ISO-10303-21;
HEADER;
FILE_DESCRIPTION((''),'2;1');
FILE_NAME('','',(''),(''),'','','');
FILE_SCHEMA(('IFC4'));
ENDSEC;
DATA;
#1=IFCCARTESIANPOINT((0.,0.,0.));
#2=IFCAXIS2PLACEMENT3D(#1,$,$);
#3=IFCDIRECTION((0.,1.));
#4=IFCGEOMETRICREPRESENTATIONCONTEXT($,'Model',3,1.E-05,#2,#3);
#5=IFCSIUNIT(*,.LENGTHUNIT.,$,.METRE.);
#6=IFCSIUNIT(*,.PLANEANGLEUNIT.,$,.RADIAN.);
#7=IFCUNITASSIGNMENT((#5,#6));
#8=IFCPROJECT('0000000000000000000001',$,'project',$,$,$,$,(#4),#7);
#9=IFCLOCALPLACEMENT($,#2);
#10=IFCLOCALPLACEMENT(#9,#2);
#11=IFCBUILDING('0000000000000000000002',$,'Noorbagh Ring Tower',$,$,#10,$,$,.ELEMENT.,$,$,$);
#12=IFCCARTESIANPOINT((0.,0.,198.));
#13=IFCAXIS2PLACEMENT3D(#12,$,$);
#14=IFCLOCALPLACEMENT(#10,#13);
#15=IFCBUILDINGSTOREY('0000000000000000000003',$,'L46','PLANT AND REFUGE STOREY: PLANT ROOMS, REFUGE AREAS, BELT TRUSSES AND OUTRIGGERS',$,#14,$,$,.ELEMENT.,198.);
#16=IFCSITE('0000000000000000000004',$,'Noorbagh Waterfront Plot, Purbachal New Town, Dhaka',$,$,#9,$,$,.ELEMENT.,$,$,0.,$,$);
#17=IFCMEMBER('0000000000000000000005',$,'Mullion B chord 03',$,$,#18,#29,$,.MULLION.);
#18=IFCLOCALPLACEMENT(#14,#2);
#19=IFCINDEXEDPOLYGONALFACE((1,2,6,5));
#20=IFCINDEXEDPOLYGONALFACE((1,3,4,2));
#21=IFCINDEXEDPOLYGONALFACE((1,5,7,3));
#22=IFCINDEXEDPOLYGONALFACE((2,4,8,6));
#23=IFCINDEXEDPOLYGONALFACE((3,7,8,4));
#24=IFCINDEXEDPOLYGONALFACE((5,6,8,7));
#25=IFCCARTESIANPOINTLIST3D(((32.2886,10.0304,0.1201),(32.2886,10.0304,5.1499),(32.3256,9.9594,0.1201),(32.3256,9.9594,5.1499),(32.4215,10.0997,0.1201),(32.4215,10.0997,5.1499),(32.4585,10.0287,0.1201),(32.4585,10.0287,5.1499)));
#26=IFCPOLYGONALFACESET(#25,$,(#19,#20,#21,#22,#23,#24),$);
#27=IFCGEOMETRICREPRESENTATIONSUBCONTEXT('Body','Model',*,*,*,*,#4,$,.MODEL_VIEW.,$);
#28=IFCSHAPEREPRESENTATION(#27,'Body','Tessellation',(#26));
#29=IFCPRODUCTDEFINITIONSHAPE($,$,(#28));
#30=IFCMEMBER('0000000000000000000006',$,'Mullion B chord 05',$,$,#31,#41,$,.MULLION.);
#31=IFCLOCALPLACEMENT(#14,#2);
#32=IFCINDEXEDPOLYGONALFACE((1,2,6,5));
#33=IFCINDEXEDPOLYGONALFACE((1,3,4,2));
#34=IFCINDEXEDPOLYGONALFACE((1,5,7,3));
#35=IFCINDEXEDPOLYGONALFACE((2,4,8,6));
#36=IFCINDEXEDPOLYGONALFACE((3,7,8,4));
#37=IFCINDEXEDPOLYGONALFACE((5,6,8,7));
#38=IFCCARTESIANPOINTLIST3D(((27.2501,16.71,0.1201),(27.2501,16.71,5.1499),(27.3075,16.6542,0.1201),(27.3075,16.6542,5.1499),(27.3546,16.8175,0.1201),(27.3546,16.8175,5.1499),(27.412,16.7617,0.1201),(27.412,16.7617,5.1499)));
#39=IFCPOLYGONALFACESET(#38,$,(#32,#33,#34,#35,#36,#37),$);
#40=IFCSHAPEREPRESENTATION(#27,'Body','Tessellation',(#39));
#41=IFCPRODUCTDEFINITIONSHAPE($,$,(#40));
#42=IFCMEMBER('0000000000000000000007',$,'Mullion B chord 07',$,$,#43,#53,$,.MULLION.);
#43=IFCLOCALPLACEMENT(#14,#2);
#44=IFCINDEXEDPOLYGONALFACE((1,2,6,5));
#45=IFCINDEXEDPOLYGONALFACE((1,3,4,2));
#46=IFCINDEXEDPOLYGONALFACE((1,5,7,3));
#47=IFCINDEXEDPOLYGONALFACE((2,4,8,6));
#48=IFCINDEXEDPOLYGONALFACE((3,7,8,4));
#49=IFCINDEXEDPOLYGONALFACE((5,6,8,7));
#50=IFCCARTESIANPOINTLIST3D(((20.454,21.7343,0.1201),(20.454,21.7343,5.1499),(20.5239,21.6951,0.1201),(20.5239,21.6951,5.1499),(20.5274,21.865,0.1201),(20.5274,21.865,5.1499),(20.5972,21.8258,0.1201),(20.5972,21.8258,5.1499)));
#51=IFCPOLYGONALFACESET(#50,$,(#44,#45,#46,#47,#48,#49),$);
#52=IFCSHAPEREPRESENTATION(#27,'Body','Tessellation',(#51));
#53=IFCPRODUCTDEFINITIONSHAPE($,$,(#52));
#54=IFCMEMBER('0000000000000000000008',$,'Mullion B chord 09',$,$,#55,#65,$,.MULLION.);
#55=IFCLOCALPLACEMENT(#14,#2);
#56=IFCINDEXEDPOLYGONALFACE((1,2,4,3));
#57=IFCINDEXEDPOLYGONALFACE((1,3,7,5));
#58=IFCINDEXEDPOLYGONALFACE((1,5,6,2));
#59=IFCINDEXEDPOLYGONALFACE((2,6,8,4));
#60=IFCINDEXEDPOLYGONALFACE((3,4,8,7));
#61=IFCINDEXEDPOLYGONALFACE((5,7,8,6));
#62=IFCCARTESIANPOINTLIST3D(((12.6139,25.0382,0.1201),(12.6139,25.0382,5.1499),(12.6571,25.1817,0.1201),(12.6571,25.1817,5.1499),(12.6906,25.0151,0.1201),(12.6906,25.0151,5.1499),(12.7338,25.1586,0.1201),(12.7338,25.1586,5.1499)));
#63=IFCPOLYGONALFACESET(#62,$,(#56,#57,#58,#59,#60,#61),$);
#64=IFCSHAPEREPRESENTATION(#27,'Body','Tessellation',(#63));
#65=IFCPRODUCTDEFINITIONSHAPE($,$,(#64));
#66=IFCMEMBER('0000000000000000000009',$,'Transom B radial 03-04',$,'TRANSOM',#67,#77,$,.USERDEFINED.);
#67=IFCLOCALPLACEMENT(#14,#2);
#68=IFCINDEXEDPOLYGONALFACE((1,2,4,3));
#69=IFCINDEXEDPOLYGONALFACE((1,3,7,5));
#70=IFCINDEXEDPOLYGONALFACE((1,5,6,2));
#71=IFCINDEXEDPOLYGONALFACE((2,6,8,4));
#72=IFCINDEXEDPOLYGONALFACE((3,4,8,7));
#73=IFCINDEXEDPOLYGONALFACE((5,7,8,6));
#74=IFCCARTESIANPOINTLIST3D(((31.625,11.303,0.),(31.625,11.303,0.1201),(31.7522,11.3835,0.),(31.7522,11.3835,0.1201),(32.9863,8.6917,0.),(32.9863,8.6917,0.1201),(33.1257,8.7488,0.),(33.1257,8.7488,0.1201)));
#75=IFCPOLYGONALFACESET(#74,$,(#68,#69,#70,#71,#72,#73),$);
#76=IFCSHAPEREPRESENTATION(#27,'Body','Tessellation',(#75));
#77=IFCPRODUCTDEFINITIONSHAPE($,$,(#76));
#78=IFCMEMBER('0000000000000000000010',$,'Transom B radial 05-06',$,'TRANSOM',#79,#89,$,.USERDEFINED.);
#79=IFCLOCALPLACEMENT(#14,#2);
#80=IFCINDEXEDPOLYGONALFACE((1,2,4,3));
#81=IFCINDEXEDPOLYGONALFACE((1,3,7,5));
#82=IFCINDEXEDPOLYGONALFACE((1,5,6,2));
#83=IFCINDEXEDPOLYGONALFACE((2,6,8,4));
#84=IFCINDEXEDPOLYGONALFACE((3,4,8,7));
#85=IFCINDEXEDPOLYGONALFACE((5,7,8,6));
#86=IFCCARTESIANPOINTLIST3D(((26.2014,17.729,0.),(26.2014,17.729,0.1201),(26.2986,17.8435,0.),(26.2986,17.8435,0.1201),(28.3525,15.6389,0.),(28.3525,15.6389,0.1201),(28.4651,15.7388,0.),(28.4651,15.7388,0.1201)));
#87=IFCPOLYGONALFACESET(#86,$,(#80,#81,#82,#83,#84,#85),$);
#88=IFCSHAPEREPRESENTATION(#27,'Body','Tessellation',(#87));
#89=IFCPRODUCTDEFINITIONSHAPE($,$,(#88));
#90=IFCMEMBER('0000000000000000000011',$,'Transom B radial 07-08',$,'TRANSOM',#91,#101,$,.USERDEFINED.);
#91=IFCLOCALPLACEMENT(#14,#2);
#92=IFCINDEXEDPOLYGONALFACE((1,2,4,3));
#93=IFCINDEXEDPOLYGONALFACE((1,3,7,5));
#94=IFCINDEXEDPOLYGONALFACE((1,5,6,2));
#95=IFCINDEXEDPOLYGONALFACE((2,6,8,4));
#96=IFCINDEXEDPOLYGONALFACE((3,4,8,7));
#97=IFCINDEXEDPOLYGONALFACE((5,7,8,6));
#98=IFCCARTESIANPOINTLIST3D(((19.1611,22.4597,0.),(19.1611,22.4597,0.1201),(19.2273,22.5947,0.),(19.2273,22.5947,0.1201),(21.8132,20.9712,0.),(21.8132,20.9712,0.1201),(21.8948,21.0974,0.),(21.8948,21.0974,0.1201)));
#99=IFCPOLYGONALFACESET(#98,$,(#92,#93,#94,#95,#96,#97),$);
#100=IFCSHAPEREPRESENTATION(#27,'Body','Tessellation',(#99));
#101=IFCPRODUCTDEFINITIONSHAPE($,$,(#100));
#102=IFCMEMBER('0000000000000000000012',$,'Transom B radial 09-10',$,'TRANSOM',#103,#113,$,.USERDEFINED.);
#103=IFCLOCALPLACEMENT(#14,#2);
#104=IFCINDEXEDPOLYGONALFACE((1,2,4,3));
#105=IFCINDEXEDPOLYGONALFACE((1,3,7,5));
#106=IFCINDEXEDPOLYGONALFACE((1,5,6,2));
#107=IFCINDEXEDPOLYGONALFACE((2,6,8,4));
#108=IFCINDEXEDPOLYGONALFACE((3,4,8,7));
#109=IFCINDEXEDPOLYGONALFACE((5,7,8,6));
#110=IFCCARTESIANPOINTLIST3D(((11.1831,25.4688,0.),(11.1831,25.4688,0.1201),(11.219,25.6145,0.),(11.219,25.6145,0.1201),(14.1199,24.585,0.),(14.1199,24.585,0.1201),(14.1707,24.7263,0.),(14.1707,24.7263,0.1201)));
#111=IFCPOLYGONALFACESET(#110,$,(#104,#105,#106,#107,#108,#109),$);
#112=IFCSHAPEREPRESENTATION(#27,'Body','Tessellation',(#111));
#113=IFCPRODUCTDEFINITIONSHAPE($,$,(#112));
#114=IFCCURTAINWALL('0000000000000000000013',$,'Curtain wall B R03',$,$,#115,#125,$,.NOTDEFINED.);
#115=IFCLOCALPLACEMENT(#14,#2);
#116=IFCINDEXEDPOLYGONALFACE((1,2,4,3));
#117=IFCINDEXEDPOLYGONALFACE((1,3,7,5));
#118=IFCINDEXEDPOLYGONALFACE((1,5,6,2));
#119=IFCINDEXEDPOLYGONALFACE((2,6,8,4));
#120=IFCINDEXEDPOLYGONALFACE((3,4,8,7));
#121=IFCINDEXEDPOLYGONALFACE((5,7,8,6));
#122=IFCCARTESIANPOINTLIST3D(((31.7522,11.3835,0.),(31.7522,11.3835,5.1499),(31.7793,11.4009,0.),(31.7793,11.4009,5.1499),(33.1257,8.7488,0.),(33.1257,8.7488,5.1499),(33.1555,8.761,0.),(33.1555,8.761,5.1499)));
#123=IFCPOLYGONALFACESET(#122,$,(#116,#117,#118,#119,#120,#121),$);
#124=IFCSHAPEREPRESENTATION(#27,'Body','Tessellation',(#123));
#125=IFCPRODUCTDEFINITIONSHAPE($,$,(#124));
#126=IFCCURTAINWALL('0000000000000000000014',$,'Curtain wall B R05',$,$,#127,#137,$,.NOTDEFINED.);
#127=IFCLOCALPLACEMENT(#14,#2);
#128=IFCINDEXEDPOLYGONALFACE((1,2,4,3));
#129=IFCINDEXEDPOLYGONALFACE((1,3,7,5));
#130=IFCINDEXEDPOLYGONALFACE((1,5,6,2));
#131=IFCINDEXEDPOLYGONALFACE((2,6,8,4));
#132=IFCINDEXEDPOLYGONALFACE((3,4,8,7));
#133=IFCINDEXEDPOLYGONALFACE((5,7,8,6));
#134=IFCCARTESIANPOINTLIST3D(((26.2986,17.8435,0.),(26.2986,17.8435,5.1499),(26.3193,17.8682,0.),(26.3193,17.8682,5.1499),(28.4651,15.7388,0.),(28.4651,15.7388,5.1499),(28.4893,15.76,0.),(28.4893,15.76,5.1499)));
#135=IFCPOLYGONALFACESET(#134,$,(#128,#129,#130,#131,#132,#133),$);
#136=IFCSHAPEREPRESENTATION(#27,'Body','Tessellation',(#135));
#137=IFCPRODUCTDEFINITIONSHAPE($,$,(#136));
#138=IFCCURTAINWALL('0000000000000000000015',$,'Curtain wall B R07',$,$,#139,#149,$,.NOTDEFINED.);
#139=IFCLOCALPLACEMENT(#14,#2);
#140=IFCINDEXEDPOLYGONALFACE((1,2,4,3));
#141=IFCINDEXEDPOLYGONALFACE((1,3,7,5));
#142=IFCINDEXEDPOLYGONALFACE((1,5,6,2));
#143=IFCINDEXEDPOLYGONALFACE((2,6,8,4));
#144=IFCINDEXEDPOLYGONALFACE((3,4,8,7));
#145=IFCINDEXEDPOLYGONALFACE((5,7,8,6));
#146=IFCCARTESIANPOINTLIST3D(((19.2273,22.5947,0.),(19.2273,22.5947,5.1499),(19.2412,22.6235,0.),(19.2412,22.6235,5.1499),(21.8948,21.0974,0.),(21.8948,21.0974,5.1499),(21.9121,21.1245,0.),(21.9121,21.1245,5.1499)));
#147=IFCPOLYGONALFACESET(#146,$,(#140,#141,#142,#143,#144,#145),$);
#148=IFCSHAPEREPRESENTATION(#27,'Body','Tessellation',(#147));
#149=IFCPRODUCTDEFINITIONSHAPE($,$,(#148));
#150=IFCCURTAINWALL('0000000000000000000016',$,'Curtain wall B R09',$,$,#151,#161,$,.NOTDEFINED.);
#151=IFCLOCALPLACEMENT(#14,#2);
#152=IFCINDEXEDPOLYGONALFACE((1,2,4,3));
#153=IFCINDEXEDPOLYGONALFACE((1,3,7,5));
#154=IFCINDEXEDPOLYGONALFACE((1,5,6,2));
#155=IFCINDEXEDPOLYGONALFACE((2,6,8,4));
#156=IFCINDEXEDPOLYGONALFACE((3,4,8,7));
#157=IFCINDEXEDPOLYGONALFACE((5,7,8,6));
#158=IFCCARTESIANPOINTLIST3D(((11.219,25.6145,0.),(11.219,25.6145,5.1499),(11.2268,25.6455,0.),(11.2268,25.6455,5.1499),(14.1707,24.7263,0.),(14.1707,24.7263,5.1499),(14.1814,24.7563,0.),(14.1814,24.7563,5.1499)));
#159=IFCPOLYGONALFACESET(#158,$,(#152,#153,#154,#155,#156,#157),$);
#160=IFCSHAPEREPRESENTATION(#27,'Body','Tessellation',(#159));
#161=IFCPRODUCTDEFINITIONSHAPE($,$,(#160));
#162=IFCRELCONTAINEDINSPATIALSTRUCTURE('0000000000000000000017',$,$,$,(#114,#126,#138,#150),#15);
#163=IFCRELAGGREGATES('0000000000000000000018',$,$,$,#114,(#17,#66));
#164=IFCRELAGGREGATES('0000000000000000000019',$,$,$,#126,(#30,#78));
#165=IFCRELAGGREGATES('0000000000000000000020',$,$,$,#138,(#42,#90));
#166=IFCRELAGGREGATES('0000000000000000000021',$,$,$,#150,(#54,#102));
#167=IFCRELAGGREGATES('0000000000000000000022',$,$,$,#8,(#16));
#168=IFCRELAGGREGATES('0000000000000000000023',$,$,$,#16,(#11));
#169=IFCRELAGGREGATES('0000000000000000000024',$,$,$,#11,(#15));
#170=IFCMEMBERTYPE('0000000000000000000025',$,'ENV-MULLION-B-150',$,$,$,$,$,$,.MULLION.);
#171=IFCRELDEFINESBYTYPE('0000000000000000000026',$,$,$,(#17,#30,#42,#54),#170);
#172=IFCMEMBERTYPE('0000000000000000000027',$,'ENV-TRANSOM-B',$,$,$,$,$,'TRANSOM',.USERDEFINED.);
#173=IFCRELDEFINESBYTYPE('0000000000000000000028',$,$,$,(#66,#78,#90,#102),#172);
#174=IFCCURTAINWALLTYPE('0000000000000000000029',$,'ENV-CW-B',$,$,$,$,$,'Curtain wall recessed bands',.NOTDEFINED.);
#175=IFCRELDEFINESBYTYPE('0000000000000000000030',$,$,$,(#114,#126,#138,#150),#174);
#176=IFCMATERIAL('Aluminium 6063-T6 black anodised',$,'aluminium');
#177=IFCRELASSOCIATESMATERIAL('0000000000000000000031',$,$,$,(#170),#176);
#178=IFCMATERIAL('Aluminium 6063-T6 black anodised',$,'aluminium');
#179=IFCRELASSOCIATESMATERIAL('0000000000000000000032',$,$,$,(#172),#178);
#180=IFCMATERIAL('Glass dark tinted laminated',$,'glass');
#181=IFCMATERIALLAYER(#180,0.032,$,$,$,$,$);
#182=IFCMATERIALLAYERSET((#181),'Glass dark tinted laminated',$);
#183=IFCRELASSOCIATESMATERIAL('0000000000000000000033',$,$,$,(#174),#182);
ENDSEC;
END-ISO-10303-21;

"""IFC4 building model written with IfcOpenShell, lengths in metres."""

from ifc_helpers import new_model, si_unit, direction, frame, origin, origin_2d, place, context, subcontext, project, spatial, polyline, rectangle, outline, extrude, material, layer, layer_set, material_profile, profile_set, type_object, element, aggregate, save


model = new_model("IFC4")

# Units and contexts
model_context = context("Model", 3, precision=1e-05, world=origin(), true_north=direction((0.0, 1.0)))
body_context = subcontext(model_context, "Body", "Model", "MODEL_VIEW")
ifc_project = project(units=[si_unit("LENGTHUNIT", "METRE"), si_unit("PLANEANGLEUNIT", "RADIAN")], contexts=[model_context])

# Members
ifc_material_1 = material(Name="Aluminium 6063-T6 black anodised", Category="aluminium")
ifc_material_profile = material_profile(ifc_material_1, rectangle(XDim=0.1499, YDim=0.0801, at=origin_2d()), Name="150x80")
ifc_profile_set = profile_set([ifc_material_profile], Name="Aluminium 6063-T6 black anodised")
member_type_1 = type_object("IfcMemberType", Name="ENV-MULLION-B-150", PredefinedType="MULLION", material=ifc_profile_set)
site_placement = place(None, origin())
building_placement = place(site_placement, origin())
storey_placement = place(building_placement, frame((0.0, 0.0, 198.0)))
member_1_placement = place(storey_placement, frame((32.3735, 10.0295, 0.1201), z_axis=(0.0, 0.0, 1.0), x_axis=(-0.886735, -0.462278, 0.0)))
member_1 = element("IfcMember", 1, at=member_1_placement, type_object=member_type_1, Name="Mullion B chord 03", PredefinedType="MULLION", context=body_context, shape_type="SweptSolid", body=[
    extrude(rectangle(XDim=0.1499, YDim=0.0801, at=origin_2d()), origin(), (0.0, 0.0, 1.0), 5.0298),
])
member_2_placement = place(storey_placement, frame((27.3311, 16.7358, 0.1201), z_axis=(0.0, 0.0, 1.0), x_axis=(-0.696842, -0.717225, 0.0)))
member_2 = element("IfcMember", 2, at=member_2_placement, type_object=member_type_1, Name="Mullion B chord 05", PredefinedType="MULLION", context=body_context, shape_type="SweptSolid", body=[
    extrude(rectangle(XDim=0.1499, YDim=0.0801, at=origin_2d()), origin(), (0.0, 0.0, 1.0), 5.0298),
])
member_3_placement = place(storey_placement, frame((20.5256, 21.78, 0.1201), z_axis=(0.0, 0.0, 1.0), x_axis=(-0.489426, -0.872045, 0.0)))
member_3 = element("IfcMember", 3, at=member_3_placement, type_object=member_type_1, Name="Mullion B chord 07", PredefinedType="MULLION", context=body_context, shape_type="SweptSolid", body=[
    extrude(rectangle(XDim=0.1499, YDim=0.0801, at=origin_2d()), origin(), (0.0, 0.0, 1.0), 5.0298),
])
member_4_placement = place(storey_placement, frame((12.6738, 25.0984, 0.1201), z_axis=(0.0, 0.0, 1.0), x_axis=(-0.288174, -0.957578, 0.0)))
member_4 = element("IfcMember", 4, at=member_4_placement, type_object=member_type_1, Name="Mullion B chord 09", PredefinedType="MULLION", context=body_context, shape_type="SweptSolid", body=[
    extrude(rectangle(XDim=0.1499, YDim=0.0801, at=origin_2d()), origin(), (0.0, 0.0, 1.0), 5.0298),
])
ifc_material_2 = material(Name="Aluminium 6063-T6 black anodised", Category="aluminium")
member_type_2 = type_object("IfcMemberType", Name="ENV-TRANSOM-B", ElementType="TRANSOM", PredefinedType="USERDEFINED", material=ifc_material_2)
member_5_placement = place(storey_placement, origin())
member_5 = element("IfcMember", 5, at=member_5_placement, type_object=member_type_2, Name="Transom B radial 03-04", ObjectType="TRANSOM", PredefinedType="USERDEFINED", context=body_context, shape_type="SweptSolid", body=[
    extrude(outline(polyline([(33.1257, 8.7488), (31.7522, 11.3835), (31.625, 11.303), (32.9863, 8.6917), (33.1257, 8.7488)])), origin(), (0.0, 0.0, 1.0), 0.1201),
])
member_6_placement = place(storey_placement, origin())
member_6 = element("IfcMember", 6, at=member_6_placement, type_object=member_type_2, Name="Transom B radial 05-06", ObjectType="TRANSOM", PredefinedType="USERDEFINED", context=body_context, shape_type="SweptSolid", body=[
    extrude(outline(polyline([(28.4651, 15.7388), (26.2986, 17.8435), (26.2014, 17.729), (28.3525, 15.6389), (28.4651, 15.7388)])), origin(), (0.0, 0.0, 1.0), 0.1201),
])
member_7_placement = place(storey_placement, origin())
member_7 = element("IfcMember", 7, at=member_7_placement, type_object=member_type_2, Name="Transom B radial 07-08", ObjectType="TRANSOM", PredefinedType="USERDEFINED", context=body_context, shape_type="SweptSolid", body=[
    extrude(outline(polyline([(21.8948, 21.0974), (19.2273, 22.5947), (19.1611, 22.4597), (21.8132, 20.9712), (21.8948, 21.0974)])), origin(), (0.0, 0.0, 1.0), 0.1201),
])
member_8_placement = place(storey_placement, origin())
member_8 = element("IfcMember", 8, at=member_8_placement, type_object=member_type_2, Name="Transom B radial 09-10", ObjectType="TRANSOM", PredefinedType="USERDEFINED", context=body_context, shape_type="SweptSolid", body=[
    extrude(outline(polyline([(14.1707, 24.7263), (11.219, 25.6145), (11.1831, 25.4688), (14.1199, 24.585), (14.1707, 24.7263)])), origin(), (0.0, 0.0, 1.0), 0.1201),
])

# Site, building, storey
site = spatial("IfcSite", under=ifc_project, at=site_placement, Name="Noorbagh Waterfront Plot, Purbachal New Town, Dhaka", CompositionType="ELEMENT", RefElevation=0.0)
building = spatial("IfcBuilding", under=site, at=building_placement, Name="Noorbagh Ring Tower", CompositionType="ELEMENT")
storey = spatial("IfcBuildingStorey", under=building, at=storey_placement, Name="L46", Description="PLANT AND REFUGE STOREY: PLANT ROOMS, REFUGE AREAS, BELT TRUSSES AND OUTRIGGERS", CompositionType="ELEMENT", Elevation=198.0)

# Curtain walls
ifc_material_3 = material(Name="Glass dark tinted laminated", Category="glass")
ifc_layer = layer(ifc_material_3, 0.032)
ifc_layer_set = layer_set([ifc_layer], Name="Glass dark tinted laminated")
curtain_wall_type = type_object("IfcCurtainWallType", Name="ENV-CW-B", ElementType="Curtain wall recessed bands", PredefinedType="NOTDEFINED", material=ifc_layer_set)
curtain_wall_1_placement = place(storey_placement, origin())
curtain_wall_1 = element("IfcCurtainWall", 9, at=curtain_wall_1_placement, inside=storey, type_object=curtain_wall_type, Name="Curtain wall B R03", PredefinedType="NOTDEFINED", context=body_context, shape_type="SweptSolid", body=[
    extrude(outline(polyline([(33.1555, 8.761), (31.7793, 11.4009), (31.7522, 11.3835), (33.1257, 8.7488), (33.1555, 8.761)])), origin(), (0.0, 0.0, 1.0), 5.1499),
])
aggregate(curtain_wall_1, [member_1, member_5])
curtain_wall_2_placement = place(storey_placement, origin())
curtain_wall_2 = element("IfcCurtainWall", 10, at=curtain_wall_2_placement, inside=storey, type_object=curtain_wall_type, Name="Curtain wall B R05", PredefinedType="NOTDEFINED", context=body_context, shape_type="SweptSolid", body=[
    extrude(outline(polyline([(28.4893, 15.76), (26.3193, 17.8682), (26.2986, 17.8435), (28.4651, 15.7388), (28.4893, 15.76)])), origin(), (0.0, 0.0, 1.0), 5.1499),
])
aggregate(curtain_wall_2, [member_2, member_6])
curtain_wall_3_placement = place(storey_placement, origin())
curtain_wall_3 = element("IfcCurtainWall", 11, at=curtain_wall_3_placement, inside=storey, type_object=curtain_wall_type, Name="Curtain wall B R07", PredefinedType="NOTDEFINED", context=body_context, shape_type="SweptSolid", body=[
    extrude(outline(polyline([(21.9121, 21.1245), (19.2412, 22.6235), (19.2273, 22.5947), (21.8948, 21.0974), (21.9121, 21.1245)])), origin(), (0.0, 0.0, 1.0), 5.1499),
])
aggregate(curtain_wall_3, [member_3, member_7])
curtain_wall_4_placement = place(storey_placement, origin())
curtain_wall_4 = element("IfcCurtainWall", 12, at=curtain_wall_4_placement, inside=storey, type_object=curtain_wall_type, Name="Curtain wall B R09", PredefinedType="NOTDEFINED", context=body_context, shape_type="SweptSolid", body=[
    extrude(outline(polyline([(14.1814, 24.7563), (11.2268, 25.6455), (11.219, 25.6145), (14.1707, 24.7263), (14.1814, 24.7563)])), origin(), (0.0, 0.0, 1.0), 5.1499),
])
aggregate(curtain_wall_4, [member_4, member_8])

save(model, "model.ifc")
